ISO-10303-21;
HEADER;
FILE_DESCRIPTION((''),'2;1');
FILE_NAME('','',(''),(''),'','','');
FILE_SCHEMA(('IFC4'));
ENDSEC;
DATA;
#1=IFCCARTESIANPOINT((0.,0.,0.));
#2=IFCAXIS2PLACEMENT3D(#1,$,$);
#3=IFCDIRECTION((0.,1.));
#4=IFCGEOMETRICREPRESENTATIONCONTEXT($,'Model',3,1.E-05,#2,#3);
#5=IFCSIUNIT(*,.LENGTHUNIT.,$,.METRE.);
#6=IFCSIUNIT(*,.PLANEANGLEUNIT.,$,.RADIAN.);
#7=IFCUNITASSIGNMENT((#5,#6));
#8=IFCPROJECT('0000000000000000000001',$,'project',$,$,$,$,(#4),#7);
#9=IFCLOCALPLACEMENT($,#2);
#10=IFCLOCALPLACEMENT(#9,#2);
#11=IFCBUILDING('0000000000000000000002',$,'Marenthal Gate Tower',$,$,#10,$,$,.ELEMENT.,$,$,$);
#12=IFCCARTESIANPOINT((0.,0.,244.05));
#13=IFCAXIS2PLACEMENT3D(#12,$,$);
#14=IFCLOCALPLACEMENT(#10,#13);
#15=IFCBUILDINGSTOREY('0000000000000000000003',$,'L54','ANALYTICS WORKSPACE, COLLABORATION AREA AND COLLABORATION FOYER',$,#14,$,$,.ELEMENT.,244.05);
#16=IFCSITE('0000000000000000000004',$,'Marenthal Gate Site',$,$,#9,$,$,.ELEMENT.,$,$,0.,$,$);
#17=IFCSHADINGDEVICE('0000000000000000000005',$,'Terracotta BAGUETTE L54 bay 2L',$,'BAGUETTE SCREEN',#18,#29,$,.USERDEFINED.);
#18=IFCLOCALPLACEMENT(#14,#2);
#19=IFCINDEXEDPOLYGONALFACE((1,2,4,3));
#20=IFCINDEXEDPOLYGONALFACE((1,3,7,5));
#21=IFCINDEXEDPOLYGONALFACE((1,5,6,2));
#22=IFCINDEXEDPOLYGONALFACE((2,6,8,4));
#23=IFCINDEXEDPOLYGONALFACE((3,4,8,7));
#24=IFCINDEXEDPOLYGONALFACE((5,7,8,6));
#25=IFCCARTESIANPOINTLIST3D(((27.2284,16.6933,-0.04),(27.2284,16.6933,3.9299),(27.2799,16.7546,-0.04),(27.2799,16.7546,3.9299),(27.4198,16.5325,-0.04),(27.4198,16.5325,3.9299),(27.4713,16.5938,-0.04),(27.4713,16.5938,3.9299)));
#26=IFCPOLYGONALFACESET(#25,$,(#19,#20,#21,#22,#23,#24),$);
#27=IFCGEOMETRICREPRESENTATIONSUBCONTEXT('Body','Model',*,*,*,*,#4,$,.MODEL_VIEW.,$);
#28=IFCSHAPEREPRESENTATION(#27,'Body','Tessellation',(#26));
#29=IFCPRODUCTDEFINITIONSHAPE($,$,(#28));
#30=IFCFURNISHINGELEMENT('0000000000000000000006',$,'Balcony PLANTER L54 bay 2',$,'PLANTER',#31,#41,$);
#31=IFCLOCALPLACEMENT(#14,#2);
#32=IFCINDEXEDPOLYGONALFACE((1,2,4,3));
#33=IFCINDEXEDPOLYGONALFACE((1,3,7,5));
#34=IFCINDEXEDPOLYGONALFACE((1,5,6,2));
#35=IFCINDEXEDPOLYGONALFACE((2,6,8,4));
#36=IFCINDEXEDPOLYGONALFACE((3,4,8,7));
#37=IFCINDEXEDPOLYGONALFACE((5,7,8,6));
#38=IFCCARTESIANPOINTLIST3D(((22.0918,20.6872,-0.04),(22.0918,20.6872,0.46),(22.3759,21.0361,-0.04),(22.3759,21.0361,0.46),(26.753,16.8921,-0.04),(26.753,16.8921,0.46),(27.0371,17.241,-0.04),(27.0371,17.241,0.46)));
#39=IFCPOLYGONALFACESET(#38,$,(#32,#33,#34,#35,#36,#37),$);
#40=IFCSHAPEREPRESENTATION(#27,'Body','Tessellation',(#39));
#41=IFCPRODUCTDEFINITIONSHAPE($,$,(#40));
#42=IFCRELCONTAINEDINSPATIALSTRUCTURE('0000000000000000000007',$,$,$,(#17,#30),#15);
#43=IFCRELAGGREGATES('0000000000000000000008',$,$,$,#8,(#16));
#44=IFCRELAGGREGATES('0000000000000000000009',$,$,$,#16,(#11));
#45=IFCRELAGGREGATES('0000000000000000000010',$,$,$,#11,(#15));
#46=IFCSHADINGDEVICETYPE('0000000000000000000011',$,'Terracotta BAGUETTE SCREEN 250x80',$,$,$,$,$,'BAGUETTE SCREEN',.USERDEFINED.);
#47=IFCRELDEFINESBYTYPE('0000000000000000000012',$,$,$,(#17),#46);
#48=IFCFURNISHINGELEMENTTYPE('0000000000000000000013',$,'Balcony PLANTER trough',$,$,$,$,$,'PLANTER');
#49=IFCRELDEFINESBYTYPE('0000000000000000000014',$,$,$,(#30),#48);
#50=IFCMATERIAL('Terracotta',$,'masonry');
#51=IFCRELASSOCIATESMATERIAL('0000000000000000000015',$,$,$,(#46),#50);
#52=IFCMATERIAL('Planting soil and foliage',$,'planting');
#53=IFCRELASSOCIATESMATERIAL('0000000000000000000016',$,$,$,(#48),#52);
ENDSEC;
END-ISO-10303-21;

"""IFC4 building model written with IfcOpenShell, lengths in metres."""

from ifc_helpers import new_model, si_unit, direction, frame, origin, origin_2d, place, context, subcontext, project, spatial, rectangle, extrude, material, material_profile, profile_set, type_object, element, save


model = new_model("IFC4")

# Units and contexts
model_context = context("Model", 3, precision=1e-05, world=origin(), true_north=direction((0.0, 1.0)))
body_context = subcontext(model_context, "Body", "Model", "MODEL_VIEW")
ifc_project = project(units=[si_unit("LENGTHUNIT", "METRE"), si_unit("PLANEANGLEUNIT", "RADIAN")], contexts=[model_context])

# Site, building, storey
site_placement = place(None, origin())
site = spatial("IfcSite", under=ifc_project, at=site_placement, Name="Marenthal Gate Site", CompositionType="ELEMENT", RefElevation=0.0)
building_placement = place(site_placement, origin())
building = spatial("IfcBuilding", under=site, at=building_placement, Name="Marenthal Gate Tower", CompositionType="ELEMENT")
storey_placement = place(building_placement, frame((0.0, 0.0, 244.05)))
storey = spatial("IfcBuildingStorey", under=building, at=storey_placement, Name="L54", Description="ANALYTICS WORKSPACE, COLLABORATION AREA AND COLLABORATION FOYER", CompositionType="ELEMENT", Elevation=244.05)

# Shading device
ifc_material_1 = material(Name="Terracotta", Category="masonry")
ifc_material_profile_1 = material_profile(ifc_material_1, rectangle(XDim=0.25, YDim=0.0801, at=origin_2d()), Name="Terracotta baguette 250x80")
ifc_profile_set_1 = profile_set([ifc_material_profile_1], Name="Terracotta")
shading_device_type = type_object("IfcShadingDeviceType", Name="Terracotta BAGUETTE SCREEN 250x80", ElementType="BAGUETTE SCREEN", PredefinedType="USERDEFINED", material=ifc_profile_set_1)
shading_device_placement = place(storey_placement, frame((27.3499, 16.6436, -0.04), z_axis=(0.0, 0.0, 1.0), x_axis=(-0.765469, 0.643472, 0.0)))
element("IfcShadingDevice", 1, at=shading_device_placement, inside=storey, type_object=shading_device_type, Name="Terracotta BAGUETTE L54 bay 2L", ObjectType="BAGUETTE SCREEN", PredefinedType="USERDEFINED", context=body_context, shape_type="SweptSolid", body=[
    extrude(rectangle(XDim=0.25, YDim=0.0801, at=origin_2d()), origin(), (0.0, 0.0, 1.0), 3.97),
])

# Furnishing element
ifc_material_2 = material(Name="Planting soil and foliage", Category="planting")
furnishing_element_type = type_object("IfcFurnishingElementType", Name="Balcony PLANTER trough", ElementType="PLANTER", material=ifc_material_2)
furnishing_placement = place(storey_placement, frame((24.5645, 18.9641, -0.04), z_axis=(0.0, 0.0, 1.0), x_axis=(-0.775469, 0.631385, 0.0)))
element("IfcFurnishingElement", 2, at=furnishing_placement, inside=storey, type_object=furnishing_element_type, Name="Balcony PLANTER L54 bay 2", ObjectType="PLANTER", context=body_context, shape_type="SweptSolid", body=[
    extrude(rectangle(XDim=6.0107, YDim=0.45, at=origin_2d()), origin(), (0.0, 0.0, 1.0), 0.5),
])

save(model, "model.ifc")
